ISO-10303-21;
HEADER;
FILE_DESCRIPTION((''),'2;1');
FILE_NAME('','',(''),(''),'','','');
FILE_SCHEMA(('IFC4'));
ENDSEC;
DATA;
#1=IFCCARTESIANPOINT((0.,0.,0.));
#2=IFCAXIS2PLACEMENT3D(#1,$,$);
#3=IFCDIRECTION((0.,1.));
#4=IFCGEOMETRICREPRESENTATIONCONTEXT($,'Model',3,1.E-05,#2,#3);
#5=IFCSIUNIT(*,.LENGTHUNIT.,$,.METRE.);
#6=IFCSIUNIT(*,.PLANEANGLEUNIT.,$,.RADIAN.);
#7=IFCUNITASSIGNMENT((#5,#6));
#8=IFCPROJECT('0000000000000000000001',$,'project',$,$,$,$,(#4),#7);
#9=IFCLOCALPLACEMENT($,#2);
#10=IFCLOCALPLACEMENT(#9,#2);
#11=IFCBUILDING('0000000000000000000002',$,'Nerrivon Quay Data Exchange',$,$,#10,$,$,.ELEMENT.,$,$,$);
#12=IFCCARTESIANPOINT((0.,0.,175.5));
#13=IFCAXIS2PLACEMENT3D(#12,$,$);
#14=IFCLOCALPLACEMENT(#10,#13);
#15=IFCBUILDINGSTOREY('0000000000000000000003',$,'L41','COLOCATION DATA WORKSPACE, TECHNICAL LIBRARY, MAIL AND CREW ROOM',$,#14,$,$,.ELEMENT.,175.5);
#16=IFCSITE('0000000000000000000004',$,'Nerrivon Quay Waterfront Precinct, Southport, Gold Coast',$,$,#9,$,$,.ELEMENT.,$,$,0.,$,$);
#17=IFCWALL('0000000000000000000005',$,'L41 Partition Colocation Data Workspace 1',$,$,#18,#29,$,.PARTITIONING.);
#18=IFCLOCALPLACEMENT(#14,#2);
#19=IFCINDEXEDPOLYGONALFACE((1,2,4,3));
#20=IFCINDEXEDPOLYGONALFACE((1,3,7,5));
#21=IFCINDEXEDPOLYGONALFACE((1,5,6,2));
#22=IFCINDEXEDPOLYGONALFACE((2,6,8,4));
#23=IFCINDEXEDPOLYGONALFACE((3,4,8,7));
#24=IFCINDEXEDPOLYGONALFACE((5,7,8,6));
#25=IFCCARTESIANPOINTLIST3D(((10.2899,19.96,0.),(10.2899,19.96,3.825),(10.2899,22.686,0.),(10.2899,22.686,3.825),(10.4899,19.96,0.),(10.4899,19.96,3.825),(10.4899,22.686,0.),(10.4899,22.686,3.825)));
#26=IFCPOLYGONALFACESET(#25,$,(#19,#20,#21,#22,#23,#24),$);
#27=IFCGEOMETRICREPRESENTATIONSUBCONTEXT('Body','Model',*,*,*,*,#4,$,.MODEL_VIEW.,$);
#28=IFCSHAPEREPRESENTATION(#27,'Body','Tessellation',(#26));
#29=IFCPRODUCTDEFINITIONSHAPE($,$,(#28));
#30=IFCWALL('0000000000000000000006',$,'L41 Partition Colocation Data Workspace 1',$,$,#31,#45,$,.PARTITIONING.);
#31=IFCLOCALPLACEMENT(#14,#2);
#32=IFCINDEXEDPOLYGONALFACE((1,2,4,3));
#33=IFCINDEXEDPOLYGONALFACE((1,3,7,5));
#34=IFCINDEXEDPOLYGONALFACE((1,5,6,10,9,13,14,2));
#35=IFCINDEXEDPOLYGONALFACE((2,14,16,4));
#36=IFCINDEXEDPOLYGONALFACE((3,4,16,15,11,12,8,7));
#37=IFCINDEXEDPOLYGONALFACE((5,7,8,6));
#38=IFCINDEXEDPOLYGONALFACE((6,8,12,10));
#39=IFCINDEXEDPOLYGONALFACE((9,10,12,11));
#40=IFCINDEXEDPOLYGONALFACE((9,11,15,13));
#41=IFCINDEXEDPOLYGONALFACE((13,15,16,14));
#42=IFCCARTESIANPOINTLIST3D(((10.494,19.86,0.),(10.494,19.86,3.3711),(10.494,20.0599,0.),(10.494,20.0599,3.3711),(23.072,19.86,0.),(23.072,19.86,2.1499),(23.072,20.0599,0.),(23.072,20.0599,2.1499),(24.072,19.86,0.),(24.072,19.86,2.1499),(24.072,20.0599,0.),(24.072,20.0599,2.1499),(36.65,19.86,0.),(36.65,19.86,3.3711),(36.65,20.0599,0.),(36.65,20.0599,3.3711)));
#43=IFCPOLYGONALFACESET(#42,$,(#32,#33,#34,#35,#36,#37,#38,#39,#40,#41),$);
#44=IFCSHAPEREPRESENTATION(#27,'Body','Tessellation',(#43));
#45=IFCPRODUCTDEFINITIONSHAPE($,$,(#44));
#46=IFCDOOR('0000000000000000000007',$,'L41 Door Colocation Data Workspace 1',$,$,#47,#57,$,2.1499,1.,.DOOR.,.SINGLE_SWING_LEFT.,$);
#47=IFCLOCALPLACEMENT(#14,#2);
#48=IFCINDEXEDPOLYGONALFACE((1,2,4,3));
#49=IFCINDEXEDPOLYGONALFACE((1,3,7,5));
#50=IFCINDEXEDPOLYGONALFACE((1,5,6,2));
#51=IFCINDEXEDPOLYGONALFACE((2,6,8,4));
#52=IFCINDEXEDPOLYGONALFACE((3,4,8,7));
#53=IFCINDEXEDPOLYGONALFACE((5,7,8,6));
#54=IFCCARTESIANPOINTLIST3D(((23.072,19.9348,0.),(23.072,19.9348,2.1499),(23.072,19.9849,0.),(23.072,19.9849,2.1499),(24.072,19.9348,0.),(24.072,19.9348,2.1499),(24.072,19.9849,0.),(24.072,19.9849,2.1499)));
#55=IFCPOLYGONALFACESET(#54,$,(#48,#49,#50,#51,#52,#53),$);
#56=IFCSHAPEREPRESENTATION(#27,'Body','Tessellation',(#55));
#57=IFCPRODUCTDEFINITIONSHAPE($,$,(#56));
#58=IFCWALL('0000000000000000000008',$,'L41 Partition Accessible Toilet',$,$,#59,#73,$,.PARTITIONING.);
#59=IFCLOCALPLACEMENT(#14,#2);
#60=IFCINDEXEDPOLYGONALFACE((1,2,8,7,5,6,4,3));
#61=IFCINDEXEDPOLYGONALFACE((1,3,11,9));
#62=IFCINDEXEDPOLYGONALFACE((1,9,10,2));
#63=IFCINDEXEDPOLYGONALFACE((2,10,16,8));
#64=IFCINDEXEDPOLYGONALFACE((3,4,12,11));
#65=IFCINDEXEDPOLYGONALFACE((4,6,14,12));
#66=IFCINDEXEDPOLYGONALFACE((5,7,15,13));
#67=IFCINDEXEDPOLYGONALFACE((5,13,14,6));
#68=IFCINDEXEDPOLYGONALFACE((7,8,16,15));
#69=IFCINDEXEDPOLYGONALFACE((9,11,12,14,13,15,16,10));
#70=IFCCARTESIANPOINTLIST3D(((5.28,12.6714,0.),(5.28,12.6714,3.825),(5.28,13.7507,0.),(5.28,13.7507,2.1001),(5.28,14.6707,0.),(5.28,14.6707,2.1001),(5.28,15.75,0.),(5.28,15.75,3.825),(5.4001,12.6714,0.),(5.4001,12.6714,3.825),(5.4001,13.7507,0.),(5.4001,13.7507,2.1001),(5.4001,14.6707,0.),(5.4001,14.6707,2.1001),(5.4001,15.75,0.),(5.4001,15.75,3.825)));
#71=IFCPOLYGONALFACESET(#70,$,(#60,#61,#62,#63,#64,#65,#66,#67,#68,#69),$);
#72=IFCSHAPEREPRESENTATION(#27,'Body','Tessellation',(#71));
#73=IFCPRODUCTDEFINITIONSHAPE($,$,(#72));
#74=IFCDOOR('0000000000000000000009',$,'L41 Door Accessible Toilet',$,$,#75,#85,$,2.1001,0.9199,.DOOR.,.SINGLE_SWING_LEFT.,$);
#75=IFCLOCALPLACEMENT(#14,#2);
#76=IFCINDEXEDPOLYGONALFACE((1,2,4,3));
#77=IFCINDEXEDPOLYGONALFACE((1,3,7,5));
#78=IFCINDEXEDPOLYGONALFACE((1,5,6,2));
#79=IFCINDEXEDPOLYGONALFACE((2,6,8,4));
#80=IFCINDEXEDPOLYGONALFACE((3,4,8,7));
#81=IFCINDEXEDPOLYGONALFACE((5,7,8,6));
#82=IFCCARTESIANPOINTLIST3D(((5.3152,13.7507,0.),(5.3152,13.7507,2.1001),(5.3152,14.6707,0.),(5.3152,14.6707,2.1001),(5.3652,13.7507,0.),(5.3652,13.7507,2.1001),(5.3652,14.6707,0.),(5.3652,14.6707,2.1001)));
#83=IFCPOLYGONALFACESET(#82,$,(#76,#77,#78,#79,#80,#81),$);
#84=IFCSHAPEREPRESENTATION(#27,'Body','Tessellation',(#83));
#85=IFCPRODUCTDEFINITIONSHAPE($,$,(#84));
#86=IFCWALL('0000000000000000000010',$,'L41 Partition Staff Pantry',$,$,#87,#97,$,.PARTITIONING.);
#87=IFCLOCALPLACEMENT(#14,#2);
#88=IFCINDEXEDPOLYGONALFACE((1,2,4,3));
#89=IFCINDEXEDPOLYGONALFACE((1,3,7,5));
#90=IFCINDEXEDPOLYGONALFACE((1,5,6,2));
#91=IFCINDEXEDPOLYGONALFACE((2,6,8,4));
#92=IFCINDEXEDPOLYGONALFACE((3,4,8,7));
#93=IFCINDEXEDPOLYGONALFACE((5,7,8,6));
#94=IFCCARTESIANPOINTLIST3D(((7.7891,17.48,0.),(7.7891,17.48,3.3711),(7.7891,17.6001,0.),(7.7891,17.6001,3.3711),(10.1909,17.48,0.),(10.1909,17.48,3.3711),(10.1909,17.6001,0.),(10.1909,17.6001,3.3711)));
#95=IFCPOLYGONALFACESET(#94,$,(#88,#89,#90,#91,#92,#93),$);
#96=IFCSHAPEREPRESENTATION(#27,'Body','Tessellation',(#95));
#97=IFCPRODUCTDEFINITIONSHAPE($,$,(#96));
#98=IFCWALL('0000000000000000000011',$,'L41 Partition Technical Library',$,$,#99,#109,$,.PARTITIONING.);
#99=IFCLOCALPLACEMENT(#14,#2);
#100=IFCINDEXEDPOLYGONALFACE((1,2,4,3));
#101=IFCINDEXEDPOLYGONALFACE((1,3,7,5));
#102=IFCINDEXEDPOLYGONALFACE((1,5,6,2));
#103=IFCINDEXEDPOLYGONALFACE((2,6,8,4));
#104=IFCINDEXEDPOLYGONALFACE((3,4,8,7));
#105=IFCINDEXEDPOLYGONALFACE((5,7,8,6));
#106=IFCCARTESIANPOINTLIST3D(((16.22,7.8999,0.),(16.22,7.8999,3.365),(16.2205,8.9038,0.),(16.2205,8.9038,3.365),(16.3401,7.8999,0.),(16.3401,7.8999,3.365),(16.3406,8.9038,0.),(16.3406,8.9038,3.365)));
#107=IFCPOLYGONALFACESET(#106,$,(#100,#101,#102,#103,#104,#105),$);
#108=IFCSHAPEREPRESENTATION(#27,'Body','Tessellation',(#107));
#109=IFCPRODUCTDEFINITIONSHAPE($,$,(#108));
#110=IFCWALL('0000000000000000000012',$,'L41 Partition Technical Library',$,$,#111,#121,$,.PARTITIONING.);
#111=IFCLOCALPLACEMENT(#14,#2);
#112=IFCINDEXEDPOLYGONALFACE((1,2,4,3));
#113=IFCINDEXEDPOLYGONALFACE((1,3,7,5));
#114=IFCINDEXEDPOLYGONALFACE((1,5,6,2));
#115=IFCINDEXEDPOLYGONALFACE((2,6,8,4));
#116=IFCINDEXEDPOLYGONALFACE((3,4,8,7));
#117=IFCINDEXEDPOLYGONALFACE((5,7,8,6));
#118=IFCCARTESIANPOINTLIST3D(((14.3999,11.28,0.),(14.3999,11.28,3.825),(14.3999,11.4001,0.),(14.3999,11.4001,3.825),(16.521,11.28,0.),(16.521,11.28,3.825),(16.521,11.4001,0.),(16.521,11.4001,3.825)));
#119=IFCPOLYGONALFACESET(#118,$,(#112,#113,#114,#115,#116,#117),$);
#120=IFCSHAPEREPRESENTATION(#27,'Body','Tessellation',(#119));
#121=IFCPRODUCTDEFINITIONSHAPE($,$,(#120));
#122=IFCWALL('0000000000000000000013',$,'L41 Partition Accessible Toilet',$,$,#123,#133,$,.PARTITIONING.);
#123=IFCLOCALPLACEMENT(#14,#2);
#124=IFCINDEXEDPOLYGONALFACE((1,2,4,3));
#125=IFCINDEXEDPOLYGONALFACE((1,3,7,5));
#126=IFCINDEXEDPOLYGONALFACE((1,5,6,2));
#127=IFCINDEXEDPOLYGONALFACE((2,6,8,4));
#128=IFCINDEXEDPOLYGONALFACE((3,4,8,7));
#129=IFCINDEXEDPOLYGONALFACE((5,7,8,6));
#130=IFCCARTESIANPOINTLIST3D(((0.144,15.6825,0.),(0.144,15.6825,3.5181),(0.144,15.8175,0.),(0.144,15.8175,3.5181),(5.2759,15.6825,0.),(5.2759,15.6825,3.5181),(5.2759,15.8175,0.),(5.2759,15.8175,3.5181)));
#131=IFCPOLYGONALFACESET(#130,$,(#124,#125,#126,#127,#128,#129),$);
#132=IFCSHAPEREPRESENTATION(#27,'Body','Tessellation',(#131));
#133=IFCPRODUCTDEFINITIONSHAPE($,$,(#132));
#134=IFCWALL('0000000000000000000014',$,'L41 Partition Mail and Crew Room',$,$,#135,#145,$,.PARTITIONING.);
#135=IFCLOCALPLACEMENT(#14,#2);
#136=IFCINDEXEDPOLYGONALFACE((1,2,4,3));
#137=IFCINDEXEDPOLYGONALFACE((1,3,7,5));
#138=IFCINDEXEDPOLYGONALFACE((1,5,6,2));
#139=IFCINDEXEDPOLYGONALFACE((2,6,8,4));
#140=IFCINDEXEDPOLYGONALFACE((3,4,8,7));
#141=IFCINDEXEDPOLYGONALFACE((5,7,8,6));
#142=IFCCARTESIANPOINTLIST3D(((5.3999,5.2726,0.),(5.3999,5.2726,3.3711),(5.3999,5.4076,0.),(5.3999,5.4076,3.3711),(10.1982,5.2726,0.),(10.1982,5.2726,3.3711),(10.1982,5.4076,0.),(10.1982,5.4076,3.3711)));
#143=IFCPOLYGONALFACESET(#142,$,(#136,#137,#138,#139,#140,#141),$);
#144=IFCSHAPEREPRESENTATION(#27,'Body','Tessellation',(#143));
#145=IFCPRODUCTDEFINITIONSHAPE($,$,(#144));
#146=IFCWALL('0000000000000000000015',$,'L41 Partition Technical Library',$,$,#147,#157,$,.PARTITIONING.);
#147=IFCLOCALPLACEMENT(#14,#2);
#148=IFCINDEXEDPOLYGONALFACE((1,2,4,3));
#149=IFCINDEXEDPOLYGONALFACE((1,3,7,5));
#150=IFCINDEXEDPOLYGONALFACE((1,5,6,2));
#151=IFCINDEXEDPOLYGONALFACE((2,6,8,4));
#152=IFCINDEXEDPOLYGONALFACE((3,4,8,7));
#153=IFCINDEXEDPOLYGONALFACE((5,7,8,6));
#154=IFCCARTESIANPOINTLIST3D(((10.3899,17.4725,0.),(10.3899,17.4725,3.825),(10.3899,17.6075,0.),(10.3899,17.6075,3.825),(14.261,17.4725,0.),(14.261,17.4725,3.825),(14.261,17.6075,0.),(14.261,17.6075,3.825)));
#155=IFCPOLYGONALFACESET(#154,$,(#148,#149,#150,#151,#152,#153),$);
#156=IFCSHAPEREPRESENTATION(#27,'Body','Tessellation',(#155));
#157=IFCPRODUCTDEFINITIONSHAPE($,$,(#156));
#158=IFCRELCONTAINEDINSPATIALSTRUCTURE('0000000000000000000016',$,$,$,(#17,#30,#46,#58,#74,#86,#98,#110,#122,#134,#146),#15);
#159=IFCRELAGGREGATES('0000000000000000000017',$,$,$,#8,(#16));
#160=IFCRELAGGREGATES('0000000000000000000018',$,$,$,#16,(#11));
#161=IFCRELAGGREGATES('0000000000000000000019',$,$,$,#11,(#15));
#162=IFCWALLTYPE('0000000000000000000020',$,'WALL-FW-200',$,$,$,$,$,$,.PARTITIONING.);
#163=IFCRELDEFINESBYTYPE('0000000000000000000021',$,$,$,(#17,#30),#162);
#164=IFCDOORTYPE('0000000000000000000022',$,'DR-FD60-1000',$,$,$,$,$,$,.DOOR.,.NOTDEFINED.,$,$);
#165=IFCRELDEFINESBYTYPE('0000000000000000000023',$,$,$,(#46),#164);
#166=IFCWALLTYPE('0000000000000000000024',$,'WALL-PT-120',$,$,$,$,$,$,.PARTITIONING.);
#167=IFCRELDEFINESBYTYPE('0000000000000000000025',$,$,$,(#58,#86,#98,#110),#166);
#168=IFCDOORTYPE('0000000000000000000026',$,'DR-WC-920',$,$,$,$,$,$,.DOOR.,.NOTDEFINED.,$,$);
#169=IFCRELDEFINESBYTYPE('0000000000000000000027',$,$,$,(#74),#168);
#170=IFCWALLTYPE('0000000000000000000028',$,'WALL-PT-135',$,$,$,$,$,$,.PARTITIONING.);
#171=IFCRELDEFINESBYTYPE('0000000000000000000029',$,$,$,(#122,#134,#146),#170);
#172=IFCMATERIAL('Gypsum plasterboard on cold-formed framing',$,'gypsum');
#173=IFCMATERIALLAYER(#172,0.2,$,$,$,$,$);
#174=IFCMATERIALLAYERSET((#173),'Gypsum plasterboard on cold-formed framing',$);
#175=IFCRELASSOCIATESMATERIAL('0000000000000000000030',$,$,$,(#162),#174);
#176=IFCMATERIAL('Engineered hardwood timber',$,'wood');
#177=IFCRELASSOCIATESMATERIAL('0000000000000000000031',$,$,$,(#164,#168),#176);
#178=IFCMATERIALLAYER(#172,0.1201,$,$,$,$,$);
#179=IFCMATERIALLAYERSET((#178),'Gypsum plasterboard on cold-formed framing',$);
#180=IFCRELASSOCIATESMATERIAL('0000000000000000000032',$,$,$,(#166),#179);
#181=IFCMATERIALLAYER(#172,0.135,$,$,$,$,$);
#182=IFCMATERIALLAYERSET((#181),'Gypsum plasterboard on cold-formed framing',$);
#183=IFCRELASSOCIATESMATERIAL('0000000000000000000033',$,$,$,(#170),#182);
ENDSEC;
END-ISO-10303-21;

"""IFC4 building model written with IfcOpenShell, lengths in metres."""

from ifc_helpers import new_model, si_unit, direction, frame, frame_2d, origin, place, context, subcontext, project, spatial, rectangle, extrude, material, layer, layer_set, type_object, element, fill, save


model = new_model("IFC4")

# Units and contexts
model_context = context("Model", 3, precision=1e-05, world=origin(), true_north=direction((0.0, 1.0)))
body_context = subcontext(model_context, "Body", "Model", "MODEL_VIEW")
ifc_project = project(units=[si_unit("LENGTHUNIT", "METRE"), si_unit("PLANEANGLEUNIT", "RADIAN")], contexts=[model_context])

# Site, building, storey
site_placement = place(None, origin())
site = spatial("IfcSite", under=ifc_project, at=site_placement, Name="Nerrivon Quay Waterfront Precinct, Southport, Gold Coast", CompositionType="ELEMENT", RefElevation=0.0)
building_placement = place(site_placement, origin())
building = spatial("IfcBuilding", under=site, at=building_placement, Name="Nerrivon Quay Data Exchange", CompositionType="ELEMENT")
storey_placement = place(building_placement, frame((0.0, 0.0, 175.5)))
storey = spatial("IfcBuildingStorey", under=building, at=storey_placement, Name="L41", Description="COLOCATION DATA WORKSPACE, TECHNICAL LIBRARY, MAIL AND CREW ROOM", CompositionType="ELEMENT", Elevation=175.5)

# Wall
ifc_material_1 = material(Name="Gypsum plasterboard on cold-formed framing", Category="gypsum")
ifc_layer_1 = layer(ifc_material_1, 0.2)
ifc_layer_set_1 = layer_set([ifc_layer_1], Name="Gypsum plasterboard on cold-formed framing")
wall_type_1 = type_object("IfcWallType", Name="WALL-FW-200", PredefinedType="PARTITIONING", material=ifc_layer_set_1)
wall_1_placement = place(storey_placement, frame((10.3899, 22.686, 0.0), z_axis=(0.0, 0.0, 1.0), x_axis=(0.0, -1.0, 0.0)))
element("IfcWall", 1, at=wall_1_placement, inside=storey, type_object=wall_type_1, Name="L41 Partition Colocation Data Workspace 1", PredefinedType="PARTITIONING", context=body_context, shape_type="SweptSolid", body=[
    extrude(rectangle(XDim=2.7261, YDim=0.2, at=frame_2d((1.363, 0.0))), origin(), (0.0, 0.0, 1.0), 3.825),
])

# Walls, openings, doors
wall_2_placement = place(storey_placement, frame((10.4939, 19.96, 0.0), z_axis=(0.0, 0.0, 1.0), x_axis=(1.0, 0.0, 0.0)))
wall_2 = element("IfcWall", 2, at=wall_2_placement, inside=storey, type_object=wall_type_1, Name="L41 Partition Colocation Data Workspace 1", PredefinedType="PARTITIONING", context=body_context, shape_type="SweptSolid", body=[
    extrude(rectangle(XDim=26.156, YDim=0.2, at=frame_2d((13.0781, 0.0))), origin(), (0.0, 0.0, 1.0), 3.3711),
])
opening_1_placement = place(wall_2_placement, frame((12.5781, 0.0, 0.0)))
opening_1 = element("IfcOpeningElement", 3, at=opening_1_placement, cuts=wall_2, PredefinedType="OPENING", context=body_context, shape_type="SweptSolid", body=[
    extrude(rectangle(XDim=1.0, YDim=2.1499, at=frame_2d((0.5, 1.075))), frame((0.0, 0.1099, 0.0), z_axis=(0.0, -1.0, 0.0), x_axis=(1.0, 0.0, 0.0)), (0.0, 0.0, 1.0), 0.22),
])
ifc_material_2 = material(Name="Engineered hardwood timber", Category="wood")
door_type_1 = type_object("IfcDoorType", Name="DR-FD60-1000", OperationType="NOTDEFINED", PredefinedType="DOOR", material=ifc_material_2)
door_1_placement = place(opening_1_placement, origin())
door_1 = element("IfcDoor", 4, at=door_1_placement, inside=storey, type_object=door_type_1, Name="L41 Door Colocation Data Workspace 1", OperationType="SINGLE_SWING_LEFT", OverallHeight=2.1499, OverallWidth=1.0, PredefinedType="DOOR", context=body_context, shape_type="SweptSolid", body=[
    extrude(rectangle(XDim=1.0, YDim=2.1499, at=frame_2d((0.5, 1.075))), frame((0.0, 0.0249, 0.0), z_axis=(0.0, -1.0, 0.0), x_axis=(1.0, 0.0, 0.0)), (0.0, 0.0, 1.0), 0.05),
])
fill(opening_1, door_1)
ifc_layer_2 = layer(ifc_material_1, 0.1201)
ifc_layer_set_2 = layer_set([ifc_layer_2], Name="Gypsum plasterboard on cold-formed framing")
wall_type_2 = type_object("IfcWallType", Name="WALL-PT-120", PredefinedType="PARTITIONING", material=ifc_layer_set_2)
wall_3_placement = place(storey_placement, frame((5.3401, 12.6714, 0.0), z_axis=(0.0, 0.0, 1.0), x_axis=(0.0, 1.0, 0.0)))
wall_3 = element("IfcWall", 5, at=wall_3_placement, inside=storey, type_object=wall_type_2, Name="L41 Partition Accessible Toilet", PredefinedType="PARTITIONING", context=body_context, shape_type="SweptSolid", body=[
    extrude(rectangle(XDim=3.0786, YDim=0.1201, at=frame_2d((1.5393, 0.0))), origin(), (0.0, 0.0, 1.0), 3.825),
])
opening_2_placement = place(wall_3_placement, frame((1.0793, 0.0, 0.0)))
opening_2 = element("IfcOpeningElement", 6, at=opening_2_placement, cuts=wall_3, PredefinedType="OPENING", context=body_context, shape_type="SweptSolid", body=[
    extrude(rectangle(XDim=0.9199, YDim=2.1001, at=frame_2d((0.46, 1.05))), frame((0.0, 0.0701, 0.0), z_axis=(0.0, -1.0, 0.0), x_axis=(1.0, 0.0, 0.0)), (0.0, 0.0, 1.0), 0.1401),
])
door_type_2 = type_object("IfcDoorType", Name="DR-WC-920", OperationType="NOTDEFINED", PredefinedType="DOOR", material=ifc_material_2)
door_2_placement = place(opening_2_placement, origin())
door_2 = element("IfcDoor", 7, at=door_2_placement, inside=storey, type_object=door_type_2, Name="L41 Door Accessible Toilet", OperationType="SINGLE_SWING_LEFT", OverallHeight=2.1001, OverallWidth=0.9199, PredefinedType="DOOR", context=body_context, shape_type="SweptSolid", body=[
    extrude(rectangle(XDim=0.9199, YDim=2.1001, at=frame_2d((0.46, 1.05))), frame((0.0, 0.0249, 0.0), z_axis=(0.0, -1.0, 0.0), x_axis=(1.0, 0.0, 0.0)), (0.0, 0.0, 1.0), 0.05),
])
fill(opening_2, door_2)

# Walls
wall_4_placement = place(storey_placement, frame((10.1909, 17.54, 0.0), z_axis=(0.0, 0.0, 1.0), x_axis=(-1.0, 0.0, 0.0)))
element("IfcWall", 8, at=wall_4_placement, inside=storey, type_object=wall_type_2, Name="L41 Partition Staff Pantry", PredefinedType="PARTITIONING", context=body_context, shape_type="SweptSolid", body=[
    extrude(rectangle(XDim=2.4019, YDim=0.1201, at=frame_2d((1.2009, 0.0))), origin(), (0.0, 0.0, 1.0), 3.3711),
])
wall_5_placement = place(storey_placement, frame((16.28, 7.8999, 0.0), z_axis=(0.0, 0.0, 1.0), x_axis=(0.000486, 1.0, 0.0)))
element("IfcWall", 9, at=wall_5_placement, inside=storey, type_object=wall_type_2, Name="L41 Partition Technical Library", PredefinedType="PARTITIONING", context=body_context, shape_type="SweptSolid", body=[
    extrude(rectangle(XDim=1.0039, YDim=0.1201, at=frame_2d((0.502, 0.0))), origin(), (0.0, 0.0, 1.0), 3.365),
])
wall_6_placement = place(storey_placement, frame((16.521, 11.3401, 0.0), z_axis=(0.0, 0.0, 1.0), x_axis=(-1.0, 0.0, 0.0)))
element("IfcWall", 10, at=wall_6_placement, inside=storey, type_object=wall_type_2, Name="L41 Partition Technical Library", PredefinedType="PARTITIONING", context=body_context, shape_type="SweptSolid", body=[
    extrude(rectangle(XDim=2.1211, YDim=0.1201, at=frame_2d((1.0605, 0.0))), origin(), (0.0, 0.0, 1.0), 3.825),
])
ifc_layer_3 = layer(ifc_material_1, 0.135)
ifc_layer_set_3 = layer_set([ifc_layer_3], Name="Gypsum plasterboard on cold-formed framing")
wall_type_3 = type_object("IfcWallType", Name="WALL-PT-135", PredefinedType="PARTITIONING", material=ifc_layer_set_3)
wall_7_placement = place(storey_placement, frame((5.2759, 15.75, 0.0), z_axis=(0.0, 0.0, 1.0), x_axis=(-1.0, 0.0, 0.0)))
element("IfcWall", 11, at=wall_7_placement, inside=storey, type_object=wall_type_3, Name="L41 Partition Accessible Toilet", PredefinedType="PARTITIONING", context=body_context, shape_type="SweptSolid", body=[
    extrude(rectangle(XDim=5.1318, YDim=0.135, at=frame_2d((2.5659, 0.0))), origin(), (0.0, 0.0, 1.0), 3.5181),
])
wall_8_placement = place(storey_placement, frame((10.1982, 5.3401, 0.0), z_axis=(0.0, 0.0, 1.0), x_axis=(-1.0, 0.0, 0.0)))
element("IfcWall", 12, at=wall_8_placement, inside=storey, type_object=wall_type_3, Name="L41 Partition Mail and Crew Room", PredefinedType="PARTITIONING", context=body_context, shape_type="SweptSolid", body=[
    extrude(rectangle(XDim=4.7983, YDim=0.135, at=frame_2d((2.3992, 0.0))), origin(), (0.0, 0.0, 1.0), 3.3711),
])
wall_9_placement = place(storey_placement, frame((14.261, 17.54, 0.0), z_axis=(0.0, 0.0, 1.0), x_axis=(-1.0, 0.0, 0.0)))
element("IfcWall", 13, at=wall_9_placement, inside=storey, type_object=wall_type_3, Name="L41 Partition Technical Library", PredefinedType="PARTITIONING", context=body_context, shape_type="SweptSolid", body=[
    extrude(rectangle(XDim=3.8711, YDim=0.135, at=frame_2d((1.9355, 0.0))), origin(), (0.0, 0.0, 1.0), 3.825),
])

save(model, "model.ifc")
